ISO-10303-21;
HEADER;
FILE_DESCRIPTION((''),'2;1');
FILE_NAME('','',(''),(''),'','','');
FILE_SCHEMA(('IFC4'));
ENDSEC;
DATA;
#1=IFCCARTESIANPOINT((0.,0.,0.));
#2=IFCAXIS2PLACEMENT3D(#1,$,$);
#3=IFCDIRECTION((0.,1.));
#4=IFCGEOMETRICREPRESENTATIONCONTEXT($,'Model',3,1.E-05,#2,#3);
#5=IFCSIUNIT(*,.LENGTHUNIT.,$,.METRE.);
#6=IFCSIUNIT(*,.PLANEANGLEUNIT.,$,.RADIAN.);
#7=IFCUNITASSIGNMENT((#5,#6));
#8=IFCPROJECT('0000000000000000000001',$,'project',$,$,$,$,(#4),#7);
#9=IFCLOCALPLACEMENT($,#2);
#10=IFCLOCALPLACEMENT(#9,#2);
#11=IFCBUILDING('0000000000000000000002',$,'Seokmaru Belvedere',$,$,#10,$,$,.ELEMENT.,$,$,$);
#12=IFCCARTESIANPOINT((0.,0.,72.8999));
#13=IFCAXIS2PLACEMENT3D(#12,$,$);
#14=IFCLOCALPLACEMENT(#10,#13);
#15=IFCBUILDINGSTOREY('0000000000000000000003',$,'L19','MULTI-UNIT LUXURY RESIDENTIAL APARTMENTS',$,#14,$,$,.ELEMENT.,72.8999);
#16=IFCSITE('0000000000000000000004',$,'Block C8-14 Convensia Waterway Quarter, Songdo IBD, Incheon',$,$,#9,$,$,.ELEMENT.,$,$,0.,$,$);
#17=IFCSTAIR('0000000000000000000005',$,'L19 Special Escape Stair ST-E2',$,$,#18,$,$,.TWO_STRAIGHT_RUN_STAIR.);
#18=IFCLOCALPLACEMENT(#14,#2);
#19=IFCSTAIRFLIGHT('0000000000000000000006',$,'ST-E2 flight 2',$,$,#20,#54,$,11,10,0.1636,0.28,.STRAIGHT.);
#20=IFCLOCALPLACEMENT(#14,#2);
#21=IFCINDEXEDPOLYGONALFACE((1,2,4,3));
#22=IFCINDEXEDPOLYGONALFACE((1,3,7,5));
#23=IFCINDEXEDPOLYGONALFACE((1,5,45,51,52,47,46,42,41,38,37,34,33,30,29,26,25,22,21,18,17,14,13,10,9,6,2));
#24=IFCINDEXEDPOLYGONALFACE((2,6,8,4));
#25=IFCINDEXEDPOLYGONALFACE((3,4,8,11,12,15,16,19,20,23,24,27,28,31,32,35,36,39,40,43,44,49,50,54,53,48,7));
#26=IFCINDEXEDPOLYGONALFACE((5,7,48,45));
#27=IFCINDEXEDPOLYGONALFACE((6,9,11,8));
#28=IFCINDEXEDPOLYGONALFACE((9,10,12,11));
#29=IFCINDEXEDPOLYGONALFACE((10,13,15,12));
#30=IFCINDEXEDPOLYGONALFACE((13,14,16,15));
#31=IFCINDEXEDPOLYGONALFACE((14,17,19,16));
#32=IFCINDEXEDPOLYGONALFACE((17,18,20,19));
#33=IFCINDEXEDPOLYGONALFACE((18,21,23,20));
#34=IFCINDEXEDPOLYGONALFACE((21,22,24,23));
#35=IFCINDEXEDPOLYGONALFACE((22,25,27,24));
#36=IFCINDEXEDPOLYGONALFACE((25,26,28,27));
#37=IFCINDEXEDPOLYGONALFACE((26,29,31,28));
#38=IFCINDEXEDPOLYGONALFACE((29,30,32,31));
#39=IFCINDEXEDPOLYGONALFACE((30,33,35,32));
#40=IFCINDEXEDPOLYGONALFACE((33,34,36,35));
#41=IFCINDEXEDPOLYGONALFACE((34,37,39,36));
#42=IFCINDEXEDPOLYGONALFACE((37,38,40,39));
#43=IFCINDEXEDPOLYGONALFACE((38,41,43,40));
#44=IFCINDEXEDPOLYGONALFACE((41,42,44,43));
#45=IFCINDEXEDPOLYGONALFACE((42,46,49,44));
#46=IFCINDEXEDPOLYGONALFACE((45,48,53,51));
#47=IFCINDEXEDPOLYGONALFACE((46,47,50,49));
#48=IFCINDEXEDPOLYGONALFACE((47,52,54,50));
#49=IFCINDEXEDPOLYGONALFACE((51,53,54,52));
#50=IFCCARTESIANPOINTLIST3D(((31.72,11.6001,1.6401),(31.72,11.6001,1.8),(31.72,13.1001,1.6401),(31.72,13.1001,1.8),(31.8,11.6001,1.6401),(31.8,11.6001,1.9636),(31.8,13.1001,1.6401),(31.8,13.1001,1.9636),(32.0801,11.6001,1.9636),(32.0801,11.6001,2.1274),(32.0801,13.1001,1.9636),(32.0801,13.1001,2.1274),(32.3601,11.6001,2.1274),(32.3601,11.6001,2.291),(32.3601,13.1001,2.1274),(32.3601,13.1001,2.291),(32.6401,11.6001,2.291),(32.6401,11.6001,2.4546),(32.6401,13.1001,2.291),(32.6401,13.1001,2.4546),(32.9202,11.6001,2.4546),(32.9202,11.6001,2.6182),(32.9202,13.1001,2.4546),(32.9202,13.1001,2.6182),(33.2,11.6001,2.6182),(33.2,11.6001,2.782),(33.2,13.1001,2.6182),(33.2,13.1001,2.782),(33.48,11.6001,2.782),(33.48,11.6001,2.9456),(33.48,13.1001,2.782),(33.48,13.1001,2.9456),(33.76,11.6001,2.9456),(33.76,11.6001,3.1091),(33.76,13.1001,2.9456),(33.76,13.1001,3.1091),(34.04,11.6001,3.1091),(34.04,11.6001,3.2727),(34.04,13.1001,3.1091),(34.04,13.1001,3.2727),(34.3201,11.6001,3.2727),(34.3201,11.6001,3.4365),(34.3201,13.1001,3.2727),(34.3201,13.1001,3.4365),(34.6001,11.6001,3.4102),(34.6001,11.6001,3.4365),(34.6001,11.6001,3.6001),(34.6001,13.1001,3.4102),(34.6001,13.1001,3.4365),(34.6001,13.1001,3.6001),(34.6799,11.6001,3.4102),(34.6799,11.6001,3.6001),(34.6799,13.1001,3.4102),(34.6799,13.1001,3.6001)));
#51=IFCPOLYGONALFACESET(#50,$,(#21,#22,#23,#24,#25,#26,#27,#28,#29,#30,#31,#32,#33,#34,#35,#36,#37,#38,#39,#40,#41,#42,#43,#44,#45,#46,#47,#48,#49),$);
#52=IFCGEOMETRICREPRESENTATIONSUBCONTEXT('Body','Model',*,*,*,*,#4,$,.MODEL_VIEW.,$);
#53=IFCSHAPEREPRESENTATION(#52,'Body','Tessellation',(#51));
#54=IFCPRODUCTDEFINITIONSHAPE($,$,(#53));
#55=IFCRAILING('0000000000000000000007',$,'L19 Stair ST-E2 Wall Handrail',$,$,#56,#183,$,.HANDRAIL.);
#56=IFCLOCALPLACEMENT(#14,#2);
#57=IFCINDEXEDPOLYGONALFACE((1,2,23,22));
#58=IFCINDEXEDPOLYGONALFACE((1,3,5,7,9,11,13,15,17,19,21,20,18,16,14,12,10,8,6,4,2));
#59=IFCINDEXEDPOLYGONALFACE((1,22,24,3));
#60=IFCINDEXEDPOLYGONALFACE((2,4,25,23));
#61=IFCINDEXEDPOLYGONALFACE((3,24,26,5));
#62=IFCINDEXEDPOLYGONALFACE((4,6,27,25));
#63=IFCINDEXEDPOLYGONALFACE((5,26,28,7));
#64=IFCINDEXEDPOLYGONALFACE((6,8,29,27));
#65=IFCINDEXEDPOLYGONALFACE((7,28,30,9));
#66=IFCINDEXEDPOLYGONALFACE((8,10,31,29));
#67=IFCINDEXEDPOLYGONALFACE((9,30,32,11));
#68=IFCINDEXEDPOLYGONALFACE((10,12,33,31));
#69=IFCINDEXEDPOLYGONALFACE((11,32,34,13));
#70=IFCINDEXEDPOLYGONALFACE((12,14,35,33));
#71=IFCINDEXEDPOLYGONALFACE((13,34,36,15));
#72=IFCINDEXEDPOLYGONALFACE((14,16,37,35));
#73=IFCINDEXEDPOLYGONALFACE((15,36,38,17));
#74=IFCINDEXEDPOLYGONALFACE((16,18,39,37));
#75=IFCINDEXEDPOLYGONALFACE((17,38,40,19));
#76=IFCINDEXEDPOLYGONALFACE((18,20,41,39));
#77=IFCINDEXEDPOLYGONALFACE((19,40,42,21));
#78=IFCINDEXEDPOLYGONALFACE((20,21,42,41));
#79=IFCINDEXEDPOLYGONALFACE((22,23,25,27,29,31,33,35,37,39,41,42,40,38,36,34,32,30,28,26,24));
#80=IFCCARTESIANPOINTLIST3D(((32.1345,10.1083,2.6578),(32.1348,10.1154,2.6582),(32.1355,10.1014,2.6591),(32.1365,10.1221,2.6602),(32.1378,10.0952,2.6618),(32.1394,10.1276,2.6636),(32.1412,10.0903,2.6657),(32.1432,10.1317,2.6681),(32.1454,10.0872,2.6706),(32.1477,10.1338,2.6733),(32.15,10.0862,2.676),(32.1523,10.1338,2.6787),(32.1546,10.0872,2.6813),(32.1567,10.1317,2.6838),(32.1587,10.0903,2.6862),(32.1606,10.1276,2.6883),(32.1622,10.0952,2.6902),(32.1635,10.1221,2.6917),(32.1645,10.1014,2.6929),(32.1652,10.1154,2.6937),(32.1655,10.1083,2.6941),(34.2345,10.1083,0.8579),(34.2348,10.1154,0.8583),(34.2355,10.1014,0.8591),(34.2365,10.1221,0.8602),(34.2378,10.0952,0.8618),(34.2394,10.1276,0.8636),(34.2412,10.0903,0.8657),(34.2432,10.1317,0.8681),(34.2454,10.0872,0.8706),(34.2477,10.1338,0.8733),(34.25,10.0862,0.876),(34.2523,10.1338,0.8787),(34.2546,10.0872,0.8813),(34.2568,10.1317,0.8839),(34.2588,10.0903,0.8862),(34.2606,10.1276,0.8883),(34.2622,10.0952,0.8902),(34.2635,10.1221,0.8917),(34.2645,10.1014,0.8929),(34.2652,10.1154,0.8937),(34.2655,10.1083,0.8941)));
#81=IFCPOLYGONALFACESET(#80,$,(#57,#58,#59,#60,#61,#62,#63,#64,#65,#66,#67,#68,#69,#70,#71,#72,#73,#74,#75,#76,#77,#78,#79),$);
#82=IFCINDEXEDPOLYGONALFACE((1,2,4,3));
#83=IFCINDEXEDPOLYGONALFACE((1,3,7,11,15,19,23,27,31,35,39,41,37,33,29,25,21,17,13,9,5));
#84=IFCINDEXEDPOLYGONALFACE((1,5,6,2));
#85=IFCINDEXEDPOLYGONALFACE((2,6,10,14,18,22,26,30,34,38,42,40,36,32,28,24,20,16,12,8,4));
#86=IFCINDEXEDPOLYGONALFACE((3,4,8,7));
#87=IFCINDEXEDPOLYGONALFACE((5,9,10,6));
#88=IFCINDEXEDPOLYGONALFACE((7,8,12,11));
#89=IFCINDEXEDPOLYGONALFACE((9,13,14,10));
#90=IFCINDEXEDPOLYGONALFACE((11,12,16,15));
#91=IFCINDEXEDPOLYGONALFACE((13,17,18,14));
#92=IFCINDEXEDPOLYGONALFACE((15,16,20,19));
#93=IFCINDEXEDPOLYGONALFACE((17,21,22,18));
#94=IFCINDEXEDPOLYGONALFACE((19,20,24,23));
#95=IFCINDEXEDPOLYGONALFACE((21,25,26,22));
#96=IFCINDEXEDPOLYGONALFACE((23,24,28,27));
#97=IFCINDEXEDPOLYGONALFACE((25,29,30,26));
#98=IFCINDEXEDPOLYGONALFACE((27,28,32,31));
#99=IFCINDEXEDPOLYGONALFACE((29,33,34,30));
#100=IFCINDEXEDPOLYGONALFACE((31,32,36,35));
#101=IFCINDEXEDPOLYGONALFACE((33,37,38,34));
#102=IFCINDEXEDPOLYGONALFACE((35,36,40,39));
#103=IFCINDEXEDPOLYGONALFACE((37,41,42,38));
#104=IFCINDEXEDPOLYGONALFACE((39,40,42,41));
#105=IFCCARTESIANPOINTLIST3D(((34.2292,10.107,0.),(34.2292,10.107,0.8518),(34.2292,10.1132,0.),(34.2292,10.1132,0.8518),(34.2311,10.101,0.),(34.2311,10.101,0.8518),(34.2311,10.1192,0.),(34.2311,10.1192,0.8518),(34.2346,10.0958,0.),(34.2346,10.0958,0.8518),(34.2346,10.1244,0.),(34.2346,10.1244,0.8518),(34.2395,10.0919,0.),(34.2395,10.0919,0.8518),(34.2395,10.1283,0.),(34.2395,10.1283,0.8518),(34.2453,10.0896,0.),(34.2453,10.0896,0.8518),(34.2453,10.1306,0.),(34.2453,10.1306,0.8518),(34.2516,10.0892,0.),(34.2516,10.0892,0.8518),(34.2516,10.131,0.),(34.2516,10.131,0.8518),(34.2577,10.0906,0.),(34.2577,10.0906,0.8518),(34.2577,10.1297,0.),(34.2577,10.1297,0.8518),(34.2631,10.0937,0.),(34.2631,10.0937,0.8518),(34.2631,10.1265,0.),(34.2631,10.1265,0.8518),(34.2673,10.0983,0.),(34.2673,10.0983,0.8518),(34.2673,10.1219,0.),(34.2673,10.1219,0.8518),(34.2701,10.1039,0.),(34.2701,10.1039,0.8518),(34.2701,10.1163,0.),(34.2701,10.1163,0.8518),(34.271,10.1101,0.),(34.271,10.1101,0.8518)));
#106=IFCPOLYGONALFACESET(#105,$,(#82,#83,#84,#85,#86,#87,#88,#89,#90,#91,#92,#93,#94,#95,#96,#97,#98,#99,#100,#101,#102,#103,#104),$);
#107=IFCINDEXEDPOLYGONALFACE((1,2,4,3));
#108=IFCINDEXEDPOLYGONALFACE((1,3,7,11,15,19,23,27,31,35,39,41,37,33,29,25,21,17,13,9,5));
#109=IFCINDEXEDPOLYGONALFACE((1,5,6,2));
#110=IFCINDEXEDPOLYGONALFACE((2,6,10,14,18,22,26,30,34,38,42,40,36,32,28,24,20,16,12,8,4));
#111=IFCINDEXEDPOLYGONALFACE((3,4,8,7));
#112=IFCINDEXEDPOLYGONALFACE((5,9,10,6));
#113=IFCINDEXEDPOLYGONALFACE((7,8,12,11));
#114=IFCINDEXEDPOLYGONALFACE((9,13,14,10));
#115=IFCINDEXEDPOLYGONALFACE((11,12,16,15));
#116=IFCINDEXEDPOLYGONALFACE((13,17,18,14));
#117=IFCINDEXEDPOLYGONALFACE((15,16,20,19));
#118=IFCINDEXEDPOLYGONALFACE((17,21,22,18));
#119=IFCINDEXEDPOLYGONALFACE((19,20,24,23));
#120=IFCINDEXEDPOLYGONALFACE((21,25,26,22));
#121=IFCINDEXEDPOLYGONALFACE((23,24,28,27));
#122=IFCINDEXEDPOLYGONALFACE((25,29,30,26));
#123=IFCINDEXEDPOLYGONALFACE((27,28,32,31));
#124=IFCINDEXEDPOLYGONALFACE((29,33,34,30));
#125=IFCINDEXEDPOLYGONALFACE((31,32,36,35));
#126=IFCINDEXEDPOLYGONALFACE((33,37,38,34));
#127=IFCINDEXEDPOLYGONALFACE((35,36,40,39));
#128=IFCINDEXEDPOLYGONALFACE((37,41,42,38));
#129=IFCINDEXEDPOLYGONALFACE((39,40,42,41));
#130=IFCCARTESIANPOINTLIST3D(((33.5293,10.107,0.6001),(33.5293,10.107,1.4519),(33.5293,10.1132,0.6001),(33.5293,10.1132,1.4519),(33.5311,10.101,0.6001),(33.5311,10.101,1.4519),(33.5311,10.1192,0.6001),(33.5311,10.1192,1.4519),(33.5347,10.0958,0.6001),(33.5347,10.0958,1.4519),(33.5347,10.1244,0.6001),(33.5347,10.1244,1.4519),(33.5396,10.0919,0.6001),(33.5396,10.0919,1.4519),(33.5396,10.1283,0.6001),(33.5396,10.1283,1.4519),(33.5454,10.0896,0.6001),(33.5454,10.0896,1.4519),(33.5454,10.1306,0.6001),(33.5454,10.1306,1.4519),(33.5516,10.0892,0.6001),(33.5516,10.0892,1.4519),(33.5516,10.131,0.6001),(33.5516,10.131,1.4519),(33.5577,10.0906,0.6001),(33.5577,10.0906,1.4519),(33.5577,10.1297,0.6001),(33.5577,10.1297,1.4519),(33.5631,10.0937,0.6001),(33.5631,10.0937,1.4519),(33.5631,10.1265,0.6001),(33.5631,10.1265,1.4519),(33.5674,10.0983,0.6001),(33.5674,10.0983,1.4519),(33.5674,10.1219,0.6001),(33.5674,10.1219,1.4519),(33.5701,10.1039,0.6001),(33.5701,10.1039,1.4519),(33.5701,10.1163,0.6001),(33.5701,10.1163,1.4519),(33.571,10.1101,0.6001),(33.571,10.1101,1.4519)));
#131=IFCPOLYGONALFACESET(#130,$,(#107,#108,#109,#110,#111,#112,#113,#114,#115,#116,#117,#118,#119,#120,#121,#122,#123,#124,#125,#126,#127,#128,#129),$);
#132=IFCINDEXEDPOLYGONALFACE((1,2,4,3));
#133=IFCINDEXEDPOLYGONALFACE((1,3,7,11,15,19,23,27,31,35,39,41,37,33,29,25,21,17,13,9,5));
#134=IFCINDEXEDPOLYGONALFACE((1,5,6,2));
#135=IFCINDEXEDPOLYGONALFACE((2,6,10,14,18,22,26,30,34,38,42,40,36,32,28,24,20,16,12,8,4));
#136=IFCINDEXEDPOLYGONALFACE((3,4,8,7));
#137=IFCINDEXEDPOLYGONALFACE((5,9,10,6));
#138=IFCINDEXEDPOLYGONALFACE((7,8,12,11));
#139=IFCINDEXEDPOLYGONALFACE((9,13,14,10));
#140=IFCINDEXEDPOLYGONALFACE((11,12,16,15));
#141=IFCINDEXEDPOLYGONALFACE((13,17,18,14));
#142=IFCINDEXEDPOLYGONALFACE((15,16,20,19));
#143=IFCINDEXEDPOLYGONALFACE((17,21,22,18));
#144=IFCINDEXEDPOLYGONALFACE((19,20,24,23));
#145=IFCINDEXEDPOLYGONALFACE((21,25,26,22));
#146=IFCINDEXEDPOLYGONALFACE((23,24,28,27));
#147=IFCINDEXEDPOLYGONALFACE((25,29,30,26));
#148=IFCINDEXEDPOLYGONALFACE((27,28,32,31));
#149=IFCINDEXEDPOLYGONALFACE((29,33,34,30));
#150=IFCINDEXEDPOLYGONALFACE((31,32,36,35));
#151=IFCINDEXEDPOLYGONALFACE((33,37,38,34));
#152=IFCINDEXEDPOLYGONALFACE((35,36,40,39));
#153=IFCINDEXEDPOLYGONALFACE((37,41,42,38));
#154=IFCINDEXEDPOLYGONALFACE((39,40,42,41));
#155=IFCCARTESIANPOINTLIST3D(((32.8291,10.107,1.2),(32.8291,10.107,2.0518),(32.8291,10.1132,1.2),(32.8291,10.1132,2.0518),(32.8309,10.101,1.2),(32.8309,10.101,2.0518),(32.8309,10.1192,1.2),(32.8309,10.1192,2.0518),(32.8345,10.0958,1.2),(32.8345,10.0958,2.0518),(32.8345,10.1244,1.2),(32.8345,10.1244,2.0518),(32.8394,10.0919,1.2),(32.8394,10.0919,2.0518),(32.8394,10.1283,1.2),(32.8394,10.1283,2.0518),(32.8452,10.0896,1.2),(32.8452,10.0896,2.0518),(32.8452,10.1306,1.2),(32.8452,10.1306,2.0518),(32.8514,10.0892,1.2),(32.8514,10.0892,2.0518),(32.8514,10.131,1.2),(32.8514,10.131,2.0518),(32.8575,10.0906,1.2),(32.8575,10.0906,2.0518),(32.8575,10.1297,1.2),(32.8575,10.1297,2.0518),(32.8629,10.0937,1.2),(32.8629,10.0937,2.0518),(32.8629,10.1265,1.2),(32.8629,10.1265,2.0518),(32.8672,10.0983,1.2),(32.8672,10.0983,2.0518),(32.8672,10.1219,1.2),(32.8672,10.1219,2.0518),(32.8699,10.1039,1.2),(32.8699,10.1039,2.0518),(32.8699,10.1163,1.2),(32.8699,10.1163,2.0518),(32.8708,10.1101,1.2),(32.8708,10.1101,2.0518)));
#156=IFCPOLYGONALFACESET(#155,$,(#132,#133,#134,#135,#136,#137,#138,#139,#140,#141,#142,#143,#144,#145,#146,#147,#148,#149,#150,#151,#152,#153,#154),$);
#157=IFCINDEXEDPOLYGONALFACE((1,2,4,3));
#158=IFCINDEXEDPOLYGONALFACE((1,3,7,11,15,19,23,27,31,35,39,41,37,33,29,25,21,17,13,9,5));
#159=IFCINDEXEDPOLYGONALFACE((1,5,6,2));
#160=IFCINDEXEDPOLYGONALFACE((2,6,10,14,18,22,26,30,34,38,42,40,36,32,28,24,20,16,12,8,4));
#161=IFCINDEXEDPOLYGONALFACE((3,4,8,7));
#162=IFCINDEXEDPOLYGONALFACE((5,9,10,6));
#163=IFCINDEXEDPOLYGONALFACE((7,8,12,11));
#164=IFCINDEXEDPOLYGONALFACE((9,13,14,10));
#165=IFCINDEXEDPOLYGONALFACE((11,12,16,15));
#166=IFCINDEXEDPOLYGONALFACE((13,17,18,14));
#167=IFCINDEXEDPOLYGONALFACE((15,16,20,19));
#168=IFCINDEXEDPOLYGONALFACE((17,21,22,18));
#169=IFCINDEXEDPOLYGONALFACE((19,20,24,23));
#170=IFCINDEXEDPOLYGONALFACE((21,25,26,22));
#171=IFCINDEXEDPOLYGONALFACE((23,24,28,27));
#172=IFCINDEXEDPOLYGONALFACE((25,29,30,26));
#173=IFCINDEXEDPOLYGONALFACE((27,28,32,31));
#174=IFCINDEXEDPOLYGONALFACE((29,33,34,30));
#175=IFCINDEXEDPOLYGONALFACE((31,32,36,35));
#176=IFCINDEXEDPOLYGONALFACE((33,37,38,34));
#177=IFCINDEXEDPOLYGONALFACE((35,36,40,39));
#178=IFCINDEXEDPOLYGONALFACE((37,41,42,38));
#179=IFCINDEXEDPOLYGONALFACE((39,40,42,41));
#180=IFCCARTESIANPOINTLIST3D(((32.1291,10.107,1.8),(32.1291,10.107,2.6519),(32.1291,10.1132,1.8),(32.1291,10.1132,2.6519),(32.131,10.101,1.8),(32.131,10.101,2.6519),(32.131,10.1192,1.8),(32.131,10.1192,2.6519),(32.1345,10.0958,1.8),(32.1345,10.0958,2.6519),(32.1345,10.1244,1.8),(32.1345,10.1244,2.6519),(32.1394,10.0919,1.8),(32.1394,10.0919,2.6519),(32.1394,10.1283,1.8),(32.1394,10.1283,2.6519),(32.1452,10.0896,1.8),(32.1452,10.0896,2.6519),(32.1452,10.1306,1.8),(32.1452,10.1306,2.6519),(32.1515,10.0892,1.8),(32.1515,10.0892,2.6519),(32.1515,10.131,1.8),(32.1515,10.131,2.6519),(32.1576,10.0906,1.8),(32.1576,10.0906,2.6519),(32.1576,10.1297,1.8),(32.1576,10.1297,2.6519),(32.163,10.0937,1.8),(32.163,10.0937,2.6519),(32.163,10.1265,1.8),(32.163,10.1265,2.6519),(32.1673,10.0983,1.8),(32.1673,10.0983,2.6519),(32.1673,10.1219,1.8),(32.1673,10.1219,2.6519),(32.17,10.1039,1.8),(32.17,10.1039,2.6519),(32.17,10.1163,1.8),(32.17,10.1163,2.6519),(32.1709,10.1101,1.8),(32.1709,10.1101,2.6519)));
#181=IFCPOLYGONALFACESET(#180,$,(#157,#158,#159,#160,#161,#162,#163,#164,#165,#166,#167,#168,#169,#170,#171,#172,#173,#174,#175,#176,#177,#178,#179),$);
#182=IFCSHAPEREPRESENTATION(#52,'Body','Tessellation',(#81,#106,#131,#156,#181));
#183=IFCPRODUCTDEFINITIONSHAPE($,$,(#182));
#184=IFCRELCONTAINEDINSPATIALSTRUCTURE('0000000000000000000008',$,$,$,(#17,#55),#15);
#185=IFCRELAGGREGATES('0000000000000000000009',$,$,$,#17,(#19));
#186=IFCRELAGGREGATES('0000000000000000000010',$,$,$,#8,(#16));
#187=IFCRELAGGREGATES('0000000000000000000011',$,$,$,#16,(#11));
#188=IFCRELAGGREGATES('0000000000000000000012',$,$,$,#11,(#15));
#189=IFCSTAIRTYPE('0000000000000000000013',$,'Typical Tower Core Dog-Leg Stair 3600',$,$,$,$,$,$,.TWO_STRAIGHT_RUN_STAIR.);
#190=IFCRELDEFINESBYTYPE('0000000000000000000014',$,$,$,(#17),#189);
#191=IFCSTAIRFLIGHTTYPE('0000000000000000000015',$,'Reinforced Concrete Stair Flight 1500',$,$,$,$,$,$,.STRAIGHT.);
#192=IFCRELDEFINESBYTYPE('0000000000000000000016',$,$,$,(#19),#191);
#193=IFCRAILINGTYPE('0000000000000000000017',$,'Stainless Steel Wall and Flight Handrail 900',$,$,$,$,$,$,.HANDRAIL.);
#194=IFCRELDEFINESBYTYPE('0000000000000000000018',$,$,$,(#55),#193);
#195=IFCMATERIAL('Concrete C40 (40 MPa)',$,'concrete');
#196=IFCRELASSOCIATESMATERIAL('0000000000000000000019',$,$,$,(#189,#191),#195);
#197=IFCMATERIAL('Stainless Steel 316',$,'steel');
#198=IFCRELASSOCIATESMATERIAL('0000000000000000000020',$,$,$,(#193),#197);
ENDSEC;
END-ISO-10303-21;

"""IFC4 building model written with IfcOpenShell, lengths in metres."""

from ifc_helpers import new_model, si_unit, direction, frame, origin, origin_2d, place, context, subcontext, project, spatial, polyline, circle, outline, extrude, material, type_object, element, aggregate, save


model = new_model("IFC4")

# Units and contexts
model_context = context("Model", 3, precision=1e-05, world=origin(), true_north=direction((0.0, 1.0)))
body_context = subcontext(model_context, "Body", "Model", "MODEL_VIEW")
ifc_project = project(units=[si_unit("LENGTHUNIT", "METRE"), si_unit("PLANEANGLEUNIT", "RADIAN")], contexts=[model_context])

# Site, building, storey
site_placement = place(None, origin())
site = spatial("IfcSite", under=ifc_project, at=site_placement, Name="Block C8-14 Convensia Waterway Quarter, Songdo IBD, Incheon", CompositionType="ELEMENT", RefElevation=0.0)
building_placement = place(site_placement, origin())
building = spatial("IfcBuilding", under=site, at=building_placement, Name="Seokmaru Belvedere", CompositionType="ELEMENT")
storey_placement = place(building_placement, frame((0.0, 0.0, 72.8999)))
storey = spatial("IfcBuildingStorey", under=building, at=storey_placement, Name="L19", Description="MULTI-UNIT LUXURY RESIDENTIAL APARTMENTS", CompositionType="ELEMENT", Elevation=72.8999)

# Stair, stair flight
ifc_material_1 = material(Name="Concrete C40 (40 MPa)", Category="concrete")
stair_type = type_object("IfcStairType", Name="Typical Tower Core Dog-Leg Stair 3600", PredefinedType="TWO_STRAIGHT_RUN_STAIR", material=ifc_material_1)
stair_placement = place(storey_placement, origin())
stair = element("IfcStair", 1, at=stair_placement, inside=storey, type_object=stair_type, Name="L19 Special Escape Stair ST-E2", PredefinedType="TWO_STRAIGHT_RUN_STAIR")
stair_flight_type = type_object("IfcStairFlightType", Name="Reinforced Concrete Stair Flight 1500", PredefinedType="STRAIGHT", material=ifc_material_1)
stair_flight_1_placement = place(storey_placement, frame((31.8, 12.3501, 1.8), z_axis=(0.0, 0.0, 1.0), x_axis=(1.0, 0.0, 0.0)))
stair_flight_1 = element("IfcStairFlight", 2, at=stair_flight_1_placement, type_object=stair_flight_type, Name="ST-E2 flight 2", NumberOfRisers=11, NumberOfTreads=10, PredefinedType="STRAIGHT", RiserHeight=0.1636, TreadLength=0.28, context=body_context, shape_type="SweptSolid", body=[
    extrude(outline(polyline([(-0.0801, 0.0), (0.0, 0.1636), (0.28, 0.1636), (0.28, 0.3274), (0.5601, 0.3274), (0.5601, 0.491), (0.8401, 0.491), (0.8401, 0.6545), (1.1201, 0.6545), (1.1201, 0.8181), (1.3999, 0.8181), (1.3999, 0.9819), (1.6799, 0.9819), (1.6799, 1.1455), (1.96, 1.1455), (1.96, 1.3091), (2.24, 1.3091), (2.24, 1.4727), (2.52, 1.4727), (2.52, 1.6365), (2.8, 1.6365), (2.8, 1.8), (2.8799, 1.8), (2.8799, 1.6101), (2.8, 1.6101), (0.0, -0.1599), (-0.0801, -0.1599), (-0.0801, 0.0)])), frame((0.0, 0.75, 0.0), z_axis=(0.0, -1.0, 0.0), x_axis=(1.0, 0.0, 0.0)), (0.0, 0.0, 1.0), 1.5),
])
aggregate(stair, [stair_flight_1])

# Railing
ifc_material_2 = material(Name="Stainless Steel 316", Category="steel")
railing_type_1 = type_object("IfcRailingType", Name="Stainless Steel Wall and Flight Handrail 900", PredefinedType="HANDRAIL", material=ifc_material_2)
railing_1_placement = place(storey_placement, frame((34.25, 10.1101, 0.0)))
element("IfcRailing", 3, at=railing_1_placement, inside=storey, type_object=railing_type_1, Name="L19 Stair ST-E2 Wall Handrail", PredefinedType="HANDRAIL", context=body_context, shape_type="SweptSolid", body=[
    extrude(circle(Radius=0.0239, at=origin_2d()), frame((0.0, 0.0, 0.876), z_axis=(-0.759263, 0.0, 0.650784), x_axis=(0.0, -1.0, 0.0)), (0.0, 0.0, 1.0), 2.7659),
    extrude(circle(Radius=0.021, at=origin_2d()), origin(), (0.0, 0.0, 1.0), 0.8518),
    extrude(circle(Radius=0.021, at=origin_2d()), frame((-0.7, 0.0, 0.6001)), (0.0, 0.0, 1.0), 0.8518),
    extrude(circle(Radius=0.021, at=origin_2d()), frame((-1.4001, 0.0, 1.2)), (0.0, 0.0, 1.0), 0.8518),
    extrude(circle(Radius=0.021, at=origin_2d()), frame((-2.1001, 0.0, 1.8)), (0.0, 0.0, 1.0), 0.8518),
])

save(model, "model.ifc")
